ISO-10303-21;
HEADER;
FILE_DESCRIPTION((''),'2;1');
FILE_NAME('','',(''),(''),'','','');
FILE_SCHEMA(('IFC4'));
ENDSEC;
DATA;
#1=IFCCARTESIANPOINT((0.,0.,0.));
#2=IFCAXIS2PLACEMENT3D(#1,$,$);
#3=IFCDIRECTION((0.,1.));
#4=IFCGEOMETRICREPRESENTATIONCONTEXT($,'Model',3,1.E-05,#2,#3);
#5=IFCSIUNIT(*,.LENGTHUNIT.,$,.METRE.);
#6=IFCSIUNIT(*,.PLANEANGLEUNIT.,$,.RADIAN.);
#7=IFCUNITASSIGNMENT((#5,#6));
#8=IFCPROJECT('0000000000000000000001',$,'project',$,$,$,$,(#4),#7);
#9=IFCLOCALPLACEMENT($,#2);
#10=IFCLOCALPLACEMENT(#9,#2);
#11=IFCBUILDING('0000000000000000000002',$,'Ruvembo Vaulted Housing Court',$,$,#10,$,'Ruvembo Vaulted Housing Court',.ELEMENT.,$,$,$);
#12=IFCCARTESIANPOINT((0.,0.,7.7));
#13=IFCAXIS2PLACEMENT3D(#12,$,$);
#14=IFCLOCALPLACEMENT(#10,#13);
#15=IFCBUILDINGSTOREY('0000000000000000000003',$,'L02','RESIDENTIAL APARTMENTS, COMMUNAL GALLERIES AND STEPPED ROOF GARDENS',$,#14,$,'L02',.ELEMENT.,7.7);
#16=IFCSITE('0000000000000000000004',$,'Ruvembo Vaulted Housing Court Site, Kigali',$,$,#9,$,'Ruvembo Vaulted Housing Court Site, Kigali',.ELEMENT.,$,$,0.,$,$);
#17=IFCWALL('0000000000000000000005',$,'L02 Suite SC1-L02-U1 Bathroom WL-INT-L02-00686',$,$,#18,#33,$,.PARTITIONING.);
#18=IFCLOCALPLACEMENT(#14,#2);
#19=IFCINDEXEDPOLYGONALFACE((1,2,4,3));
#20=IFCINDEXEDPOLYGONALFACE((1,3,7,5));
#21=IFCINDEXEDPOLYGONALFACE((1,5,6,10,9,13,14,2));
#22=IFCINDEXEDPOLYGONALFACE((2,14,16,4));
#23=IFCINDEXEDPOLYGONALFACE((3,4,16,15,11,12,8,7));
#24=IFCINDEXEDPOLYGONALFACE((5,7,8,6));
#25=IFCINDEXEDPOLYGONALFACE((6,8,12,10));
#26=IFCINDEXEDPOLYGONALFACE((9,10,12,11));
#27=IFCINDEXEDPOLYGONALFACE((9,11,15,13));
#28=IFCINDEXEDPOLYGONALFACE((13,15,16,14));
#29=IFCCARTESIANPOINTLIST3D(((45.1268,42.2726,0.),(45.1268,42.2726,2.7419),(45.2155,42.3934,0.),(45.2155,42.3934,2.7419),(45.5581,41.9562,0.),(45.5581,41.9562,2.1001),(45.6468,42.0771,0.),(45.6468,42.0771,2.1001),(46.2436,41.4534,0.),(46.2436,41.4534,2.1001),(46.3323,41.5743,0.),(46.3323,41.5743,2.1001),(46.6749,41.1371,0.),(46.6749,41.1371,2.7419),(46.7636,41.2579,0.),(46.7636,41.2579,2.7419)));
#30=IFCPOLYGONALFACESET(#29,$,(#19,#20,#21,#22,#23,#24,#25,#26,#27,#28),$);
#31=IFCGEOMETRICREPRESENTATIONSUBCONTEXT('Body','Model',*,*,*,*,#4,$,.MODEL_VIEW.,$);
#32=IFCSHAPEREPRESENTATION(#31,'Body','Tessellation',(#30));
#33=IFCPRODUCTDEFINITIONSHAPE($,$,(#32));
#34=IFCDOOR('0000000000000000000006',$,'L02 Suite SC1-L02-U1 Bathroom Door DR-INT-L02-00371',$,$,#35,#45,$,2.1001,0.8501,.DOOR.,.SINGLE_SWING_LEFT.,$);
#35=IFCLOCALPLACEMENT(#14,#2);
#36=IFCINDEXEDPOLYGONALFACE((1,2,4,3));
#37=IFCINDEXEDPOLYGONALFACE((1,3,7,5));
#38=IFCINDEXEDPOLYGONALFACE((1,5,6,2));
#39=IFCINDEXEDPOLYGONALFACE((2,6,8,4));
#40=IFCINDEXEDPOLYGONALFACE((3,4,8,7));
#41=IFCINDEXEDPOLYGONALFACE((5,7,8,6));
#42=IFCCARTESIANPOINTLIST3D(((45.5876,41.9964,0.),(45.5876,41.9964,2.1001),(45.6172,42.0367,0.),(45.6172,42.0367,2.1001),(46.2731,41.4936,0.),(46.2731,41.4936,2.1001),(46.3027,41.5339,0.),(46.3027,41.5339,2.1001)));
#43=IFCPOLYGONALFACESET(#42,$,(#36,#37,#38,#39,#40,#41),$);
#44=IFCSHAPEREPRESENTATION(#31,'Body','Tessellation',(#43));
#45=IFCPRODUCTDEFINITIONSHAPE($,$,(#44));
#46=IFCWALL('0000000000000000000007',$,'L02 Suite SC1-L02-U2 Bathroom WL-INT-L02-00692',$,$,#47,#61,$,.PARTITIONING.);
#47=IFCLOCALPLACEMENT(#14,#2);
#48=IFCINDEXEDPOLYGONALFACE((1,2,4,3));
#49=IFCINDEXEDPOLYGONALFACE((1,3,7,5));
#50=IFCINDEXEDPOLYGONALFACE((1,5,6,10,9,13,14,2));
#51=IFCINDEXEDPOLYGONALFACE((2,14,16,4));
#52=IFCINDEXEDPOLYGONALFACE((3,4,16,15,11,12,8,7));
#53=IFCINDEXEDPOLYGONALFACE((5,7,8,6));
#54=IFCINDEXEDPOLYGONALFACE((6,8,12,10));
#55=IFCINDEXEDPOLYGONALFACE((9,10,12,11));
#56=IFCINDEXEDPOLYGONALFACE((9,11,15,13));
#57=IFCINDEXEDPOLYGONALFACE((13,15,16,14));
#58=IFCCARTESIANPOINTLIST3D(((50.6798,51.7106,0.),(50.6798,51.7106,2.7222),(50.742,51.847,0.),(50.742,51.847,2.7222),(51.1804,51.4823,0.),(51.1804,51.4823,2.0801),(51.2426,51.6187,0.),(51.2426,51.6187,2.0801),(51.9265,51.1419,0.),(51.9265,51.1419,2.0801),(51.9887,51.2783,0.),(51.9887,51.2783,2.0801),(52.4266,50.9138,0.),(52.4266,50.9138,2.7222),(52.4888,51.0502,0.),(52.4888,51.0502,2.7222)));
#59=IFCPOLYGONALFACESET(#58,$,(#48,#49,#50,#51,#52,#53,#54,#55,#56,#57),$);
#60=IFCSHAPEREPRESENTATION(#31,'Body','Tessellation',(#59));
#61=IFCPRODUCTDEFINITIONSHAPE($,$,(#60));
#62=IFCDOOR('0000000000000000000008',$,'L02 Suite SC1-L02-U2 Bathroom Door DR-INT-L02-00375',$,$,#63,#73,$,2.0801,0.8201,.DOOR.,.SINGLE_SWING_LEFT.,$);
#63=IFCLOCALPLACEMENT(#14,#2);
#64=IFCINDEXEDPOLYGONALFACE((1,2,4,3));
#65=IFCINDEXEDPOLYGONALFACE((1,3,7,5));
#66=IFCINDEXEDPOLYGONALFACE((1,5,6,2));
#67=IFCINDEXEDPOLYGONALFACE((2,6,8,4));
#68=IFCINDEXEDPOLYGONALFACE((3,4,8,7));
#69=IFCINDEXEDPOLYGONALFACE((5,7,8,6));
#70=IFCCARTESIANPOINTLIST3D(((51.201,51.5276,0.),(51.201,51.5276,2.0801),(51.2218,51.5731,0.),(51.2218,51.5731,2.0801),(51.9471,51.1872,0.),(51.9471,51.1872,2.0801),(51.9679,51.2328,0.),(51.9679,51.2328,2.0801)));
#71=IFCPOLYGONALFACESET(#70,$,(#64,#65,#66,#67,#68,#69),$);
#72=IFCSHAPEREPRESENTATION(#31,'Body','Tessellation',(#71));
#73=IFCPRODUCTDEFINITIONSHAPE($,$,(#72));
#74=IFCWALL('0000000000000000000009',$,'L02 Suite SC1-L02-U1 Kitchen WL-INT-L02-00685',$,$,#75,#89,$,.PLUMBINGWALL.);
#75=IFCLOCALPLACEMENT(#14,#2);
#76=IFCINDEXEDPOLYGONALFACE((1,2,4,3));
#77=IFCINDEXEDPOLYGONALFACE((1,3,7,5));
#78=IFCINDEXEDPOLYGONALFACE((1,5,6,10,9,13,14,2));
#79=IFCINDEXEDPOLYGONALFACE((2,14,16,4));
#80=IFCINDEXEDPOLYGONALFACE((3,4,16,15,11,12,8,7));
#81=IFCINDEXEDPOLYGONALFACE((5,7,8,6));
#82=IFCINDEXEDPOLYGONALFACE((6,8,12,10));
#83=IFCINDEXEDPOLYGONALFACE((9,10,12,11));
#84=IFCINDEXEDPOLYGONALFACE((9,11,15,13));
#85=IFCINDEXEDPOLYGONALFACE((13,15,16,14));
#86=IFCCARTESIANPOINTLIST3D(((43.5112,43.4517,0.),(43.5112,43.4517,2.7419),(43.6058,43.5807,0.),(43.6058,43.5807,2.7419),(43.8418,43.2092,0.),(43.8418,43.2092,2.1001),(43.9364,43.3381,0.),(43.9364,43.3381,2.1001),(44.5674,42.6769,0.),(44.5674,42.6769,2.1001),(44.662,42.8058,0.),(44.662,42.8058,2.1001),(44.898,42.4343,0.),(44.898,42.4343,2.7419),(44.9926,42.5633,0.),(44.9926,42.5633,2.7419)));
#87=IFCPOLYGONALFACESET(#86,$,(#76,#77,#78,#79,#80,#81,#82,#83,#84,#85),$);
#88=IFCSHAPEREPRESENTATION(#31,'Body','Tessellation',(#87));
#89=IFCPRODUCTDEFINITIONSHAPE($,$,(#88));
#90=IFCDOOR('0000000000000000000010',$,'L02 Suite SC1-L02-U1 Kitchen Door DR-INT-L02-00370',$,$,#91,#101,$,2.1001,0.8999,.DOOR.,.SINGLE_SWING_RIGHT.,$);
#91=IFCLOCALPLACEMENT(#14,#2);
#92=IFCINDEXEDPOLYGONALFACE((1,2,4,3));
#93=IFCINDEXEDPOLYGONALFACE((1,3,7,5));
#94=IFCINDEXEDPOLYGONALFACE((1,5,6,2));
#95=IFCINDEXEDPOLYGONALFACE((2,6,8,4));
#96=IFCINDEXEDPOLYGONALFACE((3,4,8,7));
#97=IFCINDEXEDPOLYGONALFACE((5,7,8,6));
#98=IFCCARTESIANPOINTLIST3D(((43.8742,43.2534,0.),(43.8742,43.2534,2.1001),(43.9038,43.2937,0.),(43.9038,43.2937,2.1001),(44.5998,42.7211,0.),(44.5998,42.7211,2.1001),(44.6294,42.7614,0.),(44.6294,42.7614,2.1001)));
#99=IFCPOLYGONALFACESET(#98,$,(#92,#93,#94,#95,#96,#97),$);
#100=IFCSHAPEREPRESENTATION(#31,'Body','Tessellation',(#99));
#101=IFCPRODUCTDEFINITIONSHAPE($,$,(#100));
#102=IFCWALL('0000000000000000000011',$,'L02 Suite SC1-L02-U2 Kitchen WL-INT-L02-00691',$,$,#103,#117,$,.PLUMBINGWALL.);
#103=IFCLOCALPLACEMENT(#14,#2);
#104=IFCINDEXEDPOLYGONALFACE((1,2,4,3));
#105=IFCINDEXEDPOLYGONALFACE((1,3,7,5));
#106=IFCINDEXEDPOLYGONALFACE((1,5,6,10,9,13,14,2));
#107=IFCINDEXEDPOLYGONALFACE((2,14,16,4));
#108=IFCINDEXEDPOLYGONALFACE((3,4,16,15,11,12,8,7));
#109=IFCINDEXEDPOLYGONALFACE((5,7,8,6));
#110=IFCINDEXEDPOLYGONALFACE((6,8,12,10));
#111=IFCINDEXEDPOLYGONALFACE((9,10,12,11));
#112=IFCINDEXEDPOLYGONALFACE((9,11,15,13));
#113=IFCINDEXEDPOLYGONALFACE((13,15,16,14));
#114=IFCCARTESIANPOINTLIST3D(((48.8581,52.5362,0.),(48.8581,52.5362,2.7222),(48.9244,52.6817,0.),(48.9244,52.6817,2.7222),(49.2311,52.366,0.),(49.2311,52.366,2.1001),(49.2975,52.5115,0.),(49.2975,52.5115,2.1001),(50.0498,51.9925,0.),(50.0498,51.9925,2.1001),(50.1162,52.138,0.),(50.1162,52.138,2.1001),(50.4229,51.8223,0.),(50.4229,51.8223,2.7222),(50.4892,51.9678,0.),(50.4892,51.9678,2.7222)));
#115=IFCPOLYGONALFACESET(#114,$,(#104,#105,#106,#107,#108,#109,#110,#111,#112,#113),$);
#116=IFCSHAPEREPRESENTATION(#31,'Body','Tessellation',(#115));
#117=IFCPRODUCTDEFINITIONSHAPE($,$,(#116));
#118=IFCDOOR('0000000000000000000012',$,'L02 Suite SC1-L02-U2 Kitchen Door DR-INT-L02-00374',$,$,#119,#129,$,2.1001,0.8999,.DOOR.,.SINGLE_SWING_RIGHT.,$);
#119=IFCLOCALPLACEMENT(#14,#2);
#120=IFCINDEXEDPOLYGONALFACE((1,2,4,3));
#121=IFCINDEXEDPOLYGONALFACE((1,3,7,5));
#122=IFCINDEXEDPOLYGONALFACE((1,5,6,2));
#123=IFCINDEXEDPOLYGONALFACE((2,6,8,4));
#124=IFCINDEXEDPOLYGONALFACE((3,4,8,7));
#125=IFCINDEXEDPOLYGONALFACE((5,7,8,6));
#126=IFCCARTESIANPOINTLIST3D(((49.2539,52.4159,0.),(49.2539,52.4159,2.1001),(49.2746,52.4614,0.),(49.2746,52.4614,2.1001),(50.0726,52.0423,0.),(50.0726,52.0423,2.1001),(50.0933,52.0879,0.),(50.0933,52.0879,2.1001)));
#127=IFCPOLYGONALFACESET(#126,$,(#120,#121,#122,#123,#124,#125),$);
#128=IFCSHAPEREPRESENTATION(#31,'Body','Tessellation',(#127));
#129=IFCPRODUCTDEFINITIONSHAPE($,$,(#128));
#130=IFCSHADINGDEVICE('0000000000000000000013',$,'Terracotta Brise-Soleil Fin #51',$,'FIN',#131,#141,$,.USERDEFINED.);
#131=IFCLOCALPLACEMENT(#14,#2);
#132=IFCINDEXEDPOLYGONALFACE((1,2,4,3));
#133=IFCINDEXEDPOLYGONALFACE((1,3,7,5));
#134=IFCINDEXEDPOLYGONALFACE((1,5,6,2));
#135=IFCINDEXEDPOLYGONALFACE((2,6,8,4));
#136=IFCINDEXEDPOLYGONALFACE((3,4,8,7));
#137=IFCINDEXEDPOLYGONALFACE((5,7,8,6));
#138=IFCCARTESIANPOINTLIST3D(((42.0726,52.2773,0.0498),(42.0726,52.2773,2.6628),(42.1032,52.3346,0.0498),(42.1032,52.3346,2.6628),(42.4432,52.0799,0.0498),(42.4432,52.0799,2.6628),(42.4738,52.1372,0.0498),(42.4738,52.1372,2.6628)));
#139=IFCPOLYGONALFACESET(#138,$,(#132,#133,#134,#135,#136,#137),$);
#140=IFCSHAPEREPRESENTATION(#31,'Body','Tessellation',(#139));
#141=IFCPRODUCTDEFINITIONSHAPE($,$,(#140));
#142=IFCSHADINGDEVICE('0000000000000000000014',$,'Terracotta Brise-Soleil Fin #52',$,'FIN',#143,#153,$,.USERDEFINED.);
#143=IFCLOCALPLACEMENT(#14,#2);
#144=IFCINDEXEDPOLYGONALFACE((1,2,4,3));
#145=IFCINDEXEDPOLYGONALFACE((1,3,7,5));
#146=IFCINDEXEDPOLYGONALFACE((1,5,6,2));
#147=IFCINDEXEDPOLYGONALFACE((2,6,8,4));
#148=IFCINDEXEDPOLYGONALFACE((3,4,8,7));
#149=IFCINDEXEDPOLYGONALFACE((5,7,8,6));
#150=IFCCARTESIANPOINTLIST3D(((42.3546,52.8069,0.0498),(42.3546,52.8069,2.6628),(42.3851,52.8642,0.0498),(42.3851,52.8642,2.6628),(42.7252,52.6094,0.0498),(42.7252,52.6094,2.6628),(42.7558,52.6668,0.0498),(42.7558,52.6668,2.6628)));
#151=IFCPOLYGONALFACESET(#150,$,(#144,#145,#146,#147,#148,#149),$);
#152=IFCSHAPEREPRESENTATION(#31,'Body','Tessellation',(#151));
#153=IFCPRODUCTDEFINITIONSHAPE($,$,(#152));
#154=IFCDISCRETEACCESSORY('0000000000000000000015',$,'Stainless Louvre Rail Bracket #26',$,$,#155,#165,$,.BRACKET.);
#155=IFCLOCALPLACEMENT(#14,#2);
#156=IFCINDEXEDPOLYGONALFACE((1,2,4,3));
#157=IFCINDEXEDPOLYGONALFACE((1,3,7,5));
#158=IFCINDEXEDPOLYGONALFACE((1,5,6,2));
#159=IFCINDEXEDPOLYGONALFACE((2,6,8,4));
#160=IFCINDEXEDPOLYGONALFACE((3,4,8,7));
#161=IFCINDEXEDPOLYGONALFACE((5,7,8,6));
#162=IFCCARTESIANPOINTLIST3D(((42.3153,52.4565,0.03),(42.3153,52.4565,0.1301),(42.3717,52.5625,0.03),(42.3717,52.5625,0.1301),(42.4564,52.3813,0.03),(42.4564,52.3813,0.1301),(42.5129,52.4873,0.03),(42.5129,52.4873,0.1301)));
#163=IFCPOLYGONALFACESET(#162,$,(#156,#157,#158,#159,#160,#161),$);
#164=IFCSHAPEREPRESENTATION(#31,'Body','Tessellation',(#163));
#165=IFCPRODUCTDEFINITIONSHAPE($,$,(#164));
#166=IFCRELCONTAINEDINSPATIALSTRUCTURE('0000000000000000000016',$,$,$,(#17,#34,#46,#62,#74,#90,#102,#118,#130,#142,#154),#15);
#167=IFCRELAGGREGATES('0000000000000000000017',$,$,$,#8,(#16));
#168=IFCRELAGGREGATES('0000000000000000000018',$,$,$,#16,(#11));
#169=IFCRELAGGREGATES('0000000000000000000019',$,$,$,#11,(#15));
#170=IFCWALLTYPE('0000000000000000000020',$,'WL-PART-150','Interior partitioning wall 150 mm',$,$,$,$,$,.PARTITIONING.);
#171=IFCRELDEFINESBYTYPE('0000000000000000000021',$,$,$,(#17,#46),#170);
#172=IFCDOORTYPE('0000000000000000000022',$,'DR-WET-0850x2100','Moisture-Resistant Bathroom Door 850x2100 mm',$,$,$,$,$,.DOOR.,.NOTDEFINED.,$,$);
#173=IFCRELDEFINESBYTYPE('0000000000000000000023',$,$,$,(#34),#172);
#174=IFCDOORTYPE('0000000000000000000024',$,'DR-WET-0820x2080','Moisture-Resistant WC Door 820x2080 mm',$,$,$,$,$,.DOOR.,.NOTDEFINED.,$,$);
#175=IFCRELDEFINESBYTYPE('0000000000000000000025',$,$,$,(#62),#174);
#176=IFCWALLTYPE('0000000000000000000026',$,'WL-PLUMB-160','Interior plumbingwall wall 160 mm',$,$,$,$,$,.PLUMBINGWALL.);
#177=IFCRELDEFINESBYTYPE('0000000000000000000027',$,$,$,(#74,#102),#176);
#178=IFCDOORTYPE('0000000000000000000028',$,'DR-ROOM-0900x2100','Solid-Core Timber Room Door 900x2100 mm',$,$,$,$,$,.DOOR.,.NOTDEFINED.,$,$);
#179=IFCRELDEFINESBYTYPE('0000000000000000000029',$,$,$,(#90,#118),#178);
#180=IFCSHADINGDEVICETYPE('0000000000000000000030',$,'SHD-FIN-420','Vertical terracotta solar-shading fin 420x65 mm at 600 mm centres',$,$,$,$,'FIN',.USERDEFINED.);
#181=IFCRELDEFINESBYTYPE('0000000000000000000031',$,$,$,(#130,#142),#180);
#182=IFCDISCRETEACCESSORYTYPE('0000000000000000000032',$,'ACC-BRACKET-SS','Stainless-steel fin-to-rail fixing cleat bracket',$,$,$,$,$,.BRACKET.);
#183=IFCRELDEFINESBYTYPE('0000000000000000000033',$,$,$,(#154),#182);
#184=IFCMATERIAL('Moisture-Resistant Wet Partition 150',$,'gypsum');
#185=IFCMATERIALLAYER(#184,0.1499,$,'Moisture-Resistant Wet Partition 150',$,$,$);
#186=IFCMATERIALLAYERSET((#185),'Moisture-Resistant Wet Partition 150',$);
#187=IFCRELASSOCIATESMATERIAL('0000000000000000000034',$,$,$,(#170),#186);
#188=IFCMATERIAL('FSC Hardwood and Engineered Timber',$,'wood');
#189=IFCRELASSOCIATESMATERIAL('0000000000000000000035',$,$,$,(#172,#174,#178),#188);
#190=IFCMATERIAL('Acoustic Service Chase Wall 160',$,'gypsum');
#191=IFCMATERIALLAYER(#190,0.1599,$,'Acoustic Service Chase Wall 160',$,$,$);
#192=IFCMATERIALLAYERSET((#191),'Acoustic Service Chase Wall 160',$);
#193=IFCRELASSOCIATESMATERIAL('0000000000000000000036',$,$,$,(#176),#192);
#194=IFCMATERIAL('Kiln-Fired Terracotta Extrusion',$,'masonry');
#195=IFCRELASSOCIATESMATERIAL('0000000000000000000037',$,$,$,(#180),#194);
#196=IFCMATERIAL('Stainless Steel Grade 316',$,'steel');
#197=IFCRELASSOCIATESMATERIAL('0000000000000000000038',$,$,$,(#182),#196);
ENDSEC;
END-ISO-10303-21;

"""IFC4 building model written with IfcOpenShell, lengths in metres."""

from ifc_helpers import new_model, si_unit, direction, frame, frame_2d, origin, origin_2d, place, context, subcontext, project, spatial, rectangle, extrude, material, layer, layer_set, type_object, element, fill, save


model = new_model("IFC4")

# Units and contexts
model_context = context("Model", 3, precision=1e-05, world=origin(), true_north=direction((0.0, 1.0)))
body_context = subcontext(model_context, "Body", "Model", "MODEL_VIEW")
ifc_project = project(units=[si_unit("LENGTHUNIT", "METRE"), si_unit("PLANEANGLEUNIT", "RADIAN")], contexts=[model_context])

# Site, building, storey
site_placement = place(None, origin())
site = spatial("IfcSite", under=ifc_project, at=site_placement, Name="Ruvembo Vaulted Housing Court Site, Kigali", LongName="Ruvembo Vaulted Housing Court Site, Kigali", CompositionType="ELEMENT", RefElevation=0.0)
building_placement = place(site_placement, origin())
building = spatial("IfcBuilding", under=site, at=building_placement, Name="Ruvembo Vaulted Housing Court", LongName="Ruvembo Vaulted Housing Court", CompositionType="ELEMENT")
storey_placement = place(building_placement, frame((0.0, 0.0, 7.7)))
storey = spatial("IfcBuildingStorey", under=building, at=storey_placement, Name="L02", Description="RESIDENTIAL APARTMENTS, COMMUNAL GALLERIES AND STEPPED ROOF GARDENS", LongName="L02", CompositionType="ELEMENT", Elevation=7.7)

# Walls, openings, doors
ifc_material_1 = material(Name="Moisture-Resistant Wet Partition 150", Category="gypsum")
ifc_layer_1 = layer(ifc_material_1, 0.1499, Name="Moisture-Resistant Wet Partition 150")
ifc_layer_set_1 = layer_set([ifc_layer_1], Name="Moisture-Resistant Wet Partition 150")
wall_type_1 = type_object("IfcWallType", Name="WL-PART-150", Description="Interior partitioning wall 150 mm", PredefinedType="PARTITIONING", material=ifc_layer_set_1)
wall_1_placement = place(storey_placement, frame((45.1711, 42.333, 0.0), z_axis=(0.0, 0.0, 1.0), x_axis=(0.806348, -0.591441, 0.0)))
wall_1 = element("IfcWall", 1, at=wall_1_placement, inside=storey, type_object=wall_type_1, Name="L02 Suite SC1-L02-U1 Bathroom WL-INT-L02-00686", PredefinedType="PARTITIONING", context=body_context, shape_type="SweptSolid", body=[
    extrude(rectangle(XDim=1.9199, YDim=0.1499, at=frame_2d((0.96, 0.0))), origin(), (0.0, 0.0, 1.0), 2.7419),
])
opening_1_placement = place(wall_1_placement, frame((0.5349, 0.0, 0.0)))
opening_1 = element("IfcOpeningElement", 2, at=opening_1_placement, cuts=wall_1, PredefinedType="OPENING", context=body_context, shape_type="SweptSolid", body=[
    extrude(rectangle(XDim=0.8501, YDim=2.1001, at=frame_2d((0.425, 1.05))), frame((0.0, 0.085, 0.0), z_axis=(0.0, -1.0, 0.0), x_axis=(1.0, 0.0, 0.0)), (0.0, 0.0, 1.0), 0.1699),
])
ifc_material_2 = material(Name="FSC Hardwood and Engineered Timber", Category="wood")
door_type_1 = type_object("IfcDoorType", Name="DR-WET-0850x2100", Description="Moisture-Resistant Bathroom Door 850x2100 mm", OperationType="NOTDEFINED", PredefinedType="DOOR", material=ifc_material_2)
door_1_placement = place(opening_1_placement, origin())
door_1 = element("IfcDoor", 3, at=door_1_placement, inside=storey, type_object=door_type_1, Name="L02 Suite SC1-L02-U1 Bathroom Door DR-INT-L02-00371", OperationType="SINGLE_SWING_LEFT", OverallHeight=2.1001, OverallWidth=0.8501, PredefinedType="DOOR", context=body_context, shape_type="SweptSolid", body=[
    extrude(rectangle(XDim=0.8501, YDim=2.1001, at=frame_2d((0.425, 1.05))), frame((0.0, 0.0249, 0.0), z_axis=(0.0, -1.0, 0.0), x_axis=(1.0, 0.0, 0.0)), (0.0, 0.0, 1.0), 0.05),
])
fill(opening_1, door_1)
wall_2_placement = place(storey_placement, frame((50.7109, 51.7788, 0.0), z_axis=(0.0, 0.0, 1.0), x_axis=(0.909804, -0.415038, 0.0)))
wall_2 = element("IfcWall", 4, at=wall_2_placement, inside=storey, type_object=wall_type_1, Name="L02 Suite SC1-L02-U2 Bathroom WL-INT-L02-00692", PredefinedType="PARTITIONING", context=body_context, shape_type="SweptSolid", body=[
    extrude(rectangle(XDim=1.9199, YDim=0.1499, at=frame_2d((0.96, 0.0))), origin(), (0.0, 0.0, 1.0), 2.7222),
])
opening_2_placement = place(wall_2_placement, frame((0.55, 0.0, 0.0)))
opening_2 = element("IfcOpeningElement", 5, at=opening_2_placement, cuts=wall_2, PredefinedType="OPENING", context=body_context, shape_type="SweptSolid", body=[
    extrude(rectangle(XDim=0.8201, YDim=2.0801, at=frame_2d((0.4102, 1.04))), frame((0.0, 0.085, 0.0), z_axis=(0.0, -1.0, 0.0), x_axis=(1.0, 0.0, 0.0)), (0.0, 0.0, 1.0), 0.1699),
])
door_type_2 = type_object("IfcDoorType", Name="DR-WET-0820x2080", Description="Moisture-Resistant WC Door 820x2080 mm", OperationType="NOTDEFINED", PredefinedType="DOOR", material=ifc_material_2)
door_2_placement = place(opening_2_placement, origin())
door_2 = element("IfcDoor", 6, at=door_2_placement, inside=storey, type_object=door_type_2, Name="L02 Suite SC1-L02-U2 Bathroom Door DR-INT-L02-00375", OperationType="SINGLE_SWING_LEFT", OverallHeight=2.0801, OverallWidth=0.8201, PredefinedType="DOOR", context=body_context, shape_type="SweptSolid", body=[
    extrude(rectangle(XDim=0.8201, YDim=2.0801, at=frame_2d((0.4102, 1.04))), frame((0.0, 0.0249, 0.0), z_axis=(0.0, -1.0, 0.0), x_axis=(1.0, 0.0, 0.0)), (0.0, 0.0, 1.0), 0.05),
])
fill(opening_2, door_2)
ifc_material_3 = material(Name="Acoustic Service Chase Wall 160", Category="gypsum")
ifc_layer_2 = layer(ifc_material_3, 0.1599, Name="Acoustic Service Chase Wall 160")
ifc_layer_set_2 = layer_set([ifc_layer_2], Name="Acoustic Service Chase Wall 160")
wall_type_2 = type_object("IfcWallType", Name="WL-PLUMB-160", Description="Interior plumbingwall wall 160 mm", PredefinedType="PLUMBINGWALL", material=ifc_layer_set_2)
wall_3_placement = place(storey_placement, frame((43.5586, 43.5161, 0.0), z_axis=(0.0, 0.0, 1.0), x_axis=(0.806292, -0.591518, 0.0)))
wall_3 = element("IfcWall", 7, at=wall_3_placement, inside=storey, type_object=wall_type_2, Name="L02 Suite SC1-L02-U1 Kitchen WL-INT-L02-00685", PredefinedType="PLUMBINGWALL", context=body_context, shape_type="SweptSolid", body=[
    extrude(rectangle(XDim=1.72, YDim=0.1599, at=frame_2d((0.8599, 0.0))), origin(), (0.0, 0.0, 1.0), 2.7419),
])
opening_3_placement = place(wall_3_placement, frame((0.4099, 0.0, 0.0)))
opening_3 = element("IfcOpeningElement", 8, at=opening_3_placement, cuts=wall_3, PredefinedType="OPENING", context=body_context, shape_type="SweptSolid", body=[
    extrude(rectangle(XDim=0.8999, YDim=2.1001, at=frame_2d((0.45, 1.05))), frame((0.0, 0.0898, 0.0), z_axis=(0.0, -1.0, 0.0), x_axis=(1.0, 0.0, 0.0)), (0.0, 0.0, 1.0), 0.1799),
])
door_type_3 = type_object("IfcDoorType", Name="DR-ROOM-0900x2100", Description="Solid-Core Timber Room Door 900x2100 mm", OperationType="NOTDEFINED", PredefinedType="DOOR", material=ifc_material_2)
door_3_placement = place(opening_3_placement, origin())
door_3 = element("IfcDoor", 9, at=door_3_placement, inside=storey, type_object=door_type_3, Name="L02 Suite SC1-L02-U1 Kitchen Door DR-INT-L02-00370", OperationType="SINGLE_SWING_RIGHT", OverallHeight=2.1001, OverallWidth=0.8999, PredefinedType="DOOR", context=body_context, shape_type="SweptSolid", body=[
    extrude(rectangle(XDim=0.8999, YDim=2.1001, at=frame_2d((0.45, 1.05))), frame((0.0, 0.0249, 0.0), z_axis=(0.0, -1.0, 0.0), x_axis=(1.0, 0.0, 0.0)), (0.0, 0.0, 1.0), 0.05),
])
fill(opening_3, door_3)
wall_4_placement = place(storey_placement, frame((48.8914, 52.6089, 0.0), z_axis=(0.0, 0.0, 1.0), x_axis=(0.909787, -0.415075, 0.0)))
wall_4 = element("IfcWall", 10, at=wall_4_placement, inside=storey, type_object=wall_type_2, Name="L02 Suite SC1-L02-U2 Kitchen WL-INT-L02-00691", PredefinedType="PLUMBINGWALL", context=body_context, shape_type="SweptSolid", body=[
    extrude(rectangle(XDim=1.72, YDim=0.1599, at=frame_2d((0.8599, 0.0))), origin(), (0.0, 0.0, 1.0), 2.7222),
])
opening_4_placement = place(wall_4_placement, frame((0.4099, 0.0, 0.0)))
opening_4 = element("IfcOpeningElement", 11, at=opening_4_placement, cuts=wall_4, PredefinedType="OPENING", context=body_context, shape_type="SweptSolid", body=[
    extrude(rectangle(XDim=0.8999, YDim=2.1001, at=frame_2d((0.45, 1.05))), frame((0.0, 0.0898, 0.0), z_axis=(0.0, -1.0, 0.0), x_axis=(1.0, 0.0, 0.0)), (0.0, 0.0, 1.0), 0.1799),
])
door_4_placement = place(opening_4_placement, origin())
door_4 = element("IfcDoor", 12, at=door_4_placement, inside=storey, type_object=door_type_3, Name="L02 Suite SC1-L02-U2 Kitchen Door DR-INT-L02-00374", OperationType="SINGLE_SWING_RIGHT", OverallHeight=2.1001, OverallWidth=0.8999, PredefinedType="DOOR", context=body_context, shape_type="SweptSolid", body=[
    extrude(rectangle(XDim=0.8999, YDim=2.1001, at=frame_2d((0.45, 1.05))), frame((0.0, 0.0249, 0.0), z_axis=(0.0, -1.0, 0.0), x_axis=(1.0, 0.0, 0.0)), (0.0, 0.0, 1.0), 0.05),
])
fill(opening_4, door_4)

# Shading devices
ifc_material_4 = material(Name="Kiln-Fired Terracotta Extrusion", Category="masonry")
shading_device_type = type_object("IfcShadingDeviceType", Name="SHD-FIN-420", Description="Vertical terracotta solar-shading fin 420x65 mm at 600 mm centres", ElementType="FIN", PredefinedType="USERDEFINED", material=ifc_material_4)
for number, where, z_axis, x_axis, name in (
    (13, (42.2732, 52.2073, 0.0498), (0.0, 0.0, 1.0), (0.882587, -0.470149, 0.0), "Terracotta Brise-Soleil Fin #51"),
    (14, (42.5552, 52.7368, 0.0498), (0.0, 0.0, 1.0), (0.882587, -0.470149, 0.0), "Terracotta Brise-Soleil Fin #52"),
):
    element("IfcShadingDevice", number, at=place(storey_placement, frame(where, z_axis=z_axis, x_axis=x_axis)), inside=storey, type_object=shading_device_type, Name=name, ObjectType="FIN", PredefinedType="USERDEFINED", context=body_context, shape_type="SweptSolid", body=[
        extrude(rectangle(XDim=0.4199, YDim=0.0649, at=origin_2d()), origin(), (0.0, 0.0, 1.0), 2.613),
    ])

# Discrete accessory
ifc_material_5 = material(Name="Stainless Steel Grade 316", Category="steel")
discrete_accessory_type = type_object("IfcDiscreteAccessoryType", Name="ACC-BRACKET-SS", Description="Stainless-steel fin-to-rail fixing cleat bracket", PredefinedType="BRACKET", material=ifc_material_5)
discrete_accessory_placement = place(storey_placement, frame((42.4141, 52.4719, 0.03), z_axis=(0.0, 0.0, 1.0), x_axis=(0.882587, -0.470149, 0.0)))
element("IfcDiscreteAccessory", 15, at=discrete_accessory_placement, inside=storey, type_object=discrete_accessory_type, Name="Stainless Louvre Rail Bracket #26", PredefinedType="BRACKET", context=body_context, shape_type="SweptSolid", body=[
    extrude(rectangle(XDim=0.1599, YDim=0.1201, at=origin_2d()), origin(), (0.0, 0.0, 1.0), 0.1001),
])

save(model, "model.ifc")
